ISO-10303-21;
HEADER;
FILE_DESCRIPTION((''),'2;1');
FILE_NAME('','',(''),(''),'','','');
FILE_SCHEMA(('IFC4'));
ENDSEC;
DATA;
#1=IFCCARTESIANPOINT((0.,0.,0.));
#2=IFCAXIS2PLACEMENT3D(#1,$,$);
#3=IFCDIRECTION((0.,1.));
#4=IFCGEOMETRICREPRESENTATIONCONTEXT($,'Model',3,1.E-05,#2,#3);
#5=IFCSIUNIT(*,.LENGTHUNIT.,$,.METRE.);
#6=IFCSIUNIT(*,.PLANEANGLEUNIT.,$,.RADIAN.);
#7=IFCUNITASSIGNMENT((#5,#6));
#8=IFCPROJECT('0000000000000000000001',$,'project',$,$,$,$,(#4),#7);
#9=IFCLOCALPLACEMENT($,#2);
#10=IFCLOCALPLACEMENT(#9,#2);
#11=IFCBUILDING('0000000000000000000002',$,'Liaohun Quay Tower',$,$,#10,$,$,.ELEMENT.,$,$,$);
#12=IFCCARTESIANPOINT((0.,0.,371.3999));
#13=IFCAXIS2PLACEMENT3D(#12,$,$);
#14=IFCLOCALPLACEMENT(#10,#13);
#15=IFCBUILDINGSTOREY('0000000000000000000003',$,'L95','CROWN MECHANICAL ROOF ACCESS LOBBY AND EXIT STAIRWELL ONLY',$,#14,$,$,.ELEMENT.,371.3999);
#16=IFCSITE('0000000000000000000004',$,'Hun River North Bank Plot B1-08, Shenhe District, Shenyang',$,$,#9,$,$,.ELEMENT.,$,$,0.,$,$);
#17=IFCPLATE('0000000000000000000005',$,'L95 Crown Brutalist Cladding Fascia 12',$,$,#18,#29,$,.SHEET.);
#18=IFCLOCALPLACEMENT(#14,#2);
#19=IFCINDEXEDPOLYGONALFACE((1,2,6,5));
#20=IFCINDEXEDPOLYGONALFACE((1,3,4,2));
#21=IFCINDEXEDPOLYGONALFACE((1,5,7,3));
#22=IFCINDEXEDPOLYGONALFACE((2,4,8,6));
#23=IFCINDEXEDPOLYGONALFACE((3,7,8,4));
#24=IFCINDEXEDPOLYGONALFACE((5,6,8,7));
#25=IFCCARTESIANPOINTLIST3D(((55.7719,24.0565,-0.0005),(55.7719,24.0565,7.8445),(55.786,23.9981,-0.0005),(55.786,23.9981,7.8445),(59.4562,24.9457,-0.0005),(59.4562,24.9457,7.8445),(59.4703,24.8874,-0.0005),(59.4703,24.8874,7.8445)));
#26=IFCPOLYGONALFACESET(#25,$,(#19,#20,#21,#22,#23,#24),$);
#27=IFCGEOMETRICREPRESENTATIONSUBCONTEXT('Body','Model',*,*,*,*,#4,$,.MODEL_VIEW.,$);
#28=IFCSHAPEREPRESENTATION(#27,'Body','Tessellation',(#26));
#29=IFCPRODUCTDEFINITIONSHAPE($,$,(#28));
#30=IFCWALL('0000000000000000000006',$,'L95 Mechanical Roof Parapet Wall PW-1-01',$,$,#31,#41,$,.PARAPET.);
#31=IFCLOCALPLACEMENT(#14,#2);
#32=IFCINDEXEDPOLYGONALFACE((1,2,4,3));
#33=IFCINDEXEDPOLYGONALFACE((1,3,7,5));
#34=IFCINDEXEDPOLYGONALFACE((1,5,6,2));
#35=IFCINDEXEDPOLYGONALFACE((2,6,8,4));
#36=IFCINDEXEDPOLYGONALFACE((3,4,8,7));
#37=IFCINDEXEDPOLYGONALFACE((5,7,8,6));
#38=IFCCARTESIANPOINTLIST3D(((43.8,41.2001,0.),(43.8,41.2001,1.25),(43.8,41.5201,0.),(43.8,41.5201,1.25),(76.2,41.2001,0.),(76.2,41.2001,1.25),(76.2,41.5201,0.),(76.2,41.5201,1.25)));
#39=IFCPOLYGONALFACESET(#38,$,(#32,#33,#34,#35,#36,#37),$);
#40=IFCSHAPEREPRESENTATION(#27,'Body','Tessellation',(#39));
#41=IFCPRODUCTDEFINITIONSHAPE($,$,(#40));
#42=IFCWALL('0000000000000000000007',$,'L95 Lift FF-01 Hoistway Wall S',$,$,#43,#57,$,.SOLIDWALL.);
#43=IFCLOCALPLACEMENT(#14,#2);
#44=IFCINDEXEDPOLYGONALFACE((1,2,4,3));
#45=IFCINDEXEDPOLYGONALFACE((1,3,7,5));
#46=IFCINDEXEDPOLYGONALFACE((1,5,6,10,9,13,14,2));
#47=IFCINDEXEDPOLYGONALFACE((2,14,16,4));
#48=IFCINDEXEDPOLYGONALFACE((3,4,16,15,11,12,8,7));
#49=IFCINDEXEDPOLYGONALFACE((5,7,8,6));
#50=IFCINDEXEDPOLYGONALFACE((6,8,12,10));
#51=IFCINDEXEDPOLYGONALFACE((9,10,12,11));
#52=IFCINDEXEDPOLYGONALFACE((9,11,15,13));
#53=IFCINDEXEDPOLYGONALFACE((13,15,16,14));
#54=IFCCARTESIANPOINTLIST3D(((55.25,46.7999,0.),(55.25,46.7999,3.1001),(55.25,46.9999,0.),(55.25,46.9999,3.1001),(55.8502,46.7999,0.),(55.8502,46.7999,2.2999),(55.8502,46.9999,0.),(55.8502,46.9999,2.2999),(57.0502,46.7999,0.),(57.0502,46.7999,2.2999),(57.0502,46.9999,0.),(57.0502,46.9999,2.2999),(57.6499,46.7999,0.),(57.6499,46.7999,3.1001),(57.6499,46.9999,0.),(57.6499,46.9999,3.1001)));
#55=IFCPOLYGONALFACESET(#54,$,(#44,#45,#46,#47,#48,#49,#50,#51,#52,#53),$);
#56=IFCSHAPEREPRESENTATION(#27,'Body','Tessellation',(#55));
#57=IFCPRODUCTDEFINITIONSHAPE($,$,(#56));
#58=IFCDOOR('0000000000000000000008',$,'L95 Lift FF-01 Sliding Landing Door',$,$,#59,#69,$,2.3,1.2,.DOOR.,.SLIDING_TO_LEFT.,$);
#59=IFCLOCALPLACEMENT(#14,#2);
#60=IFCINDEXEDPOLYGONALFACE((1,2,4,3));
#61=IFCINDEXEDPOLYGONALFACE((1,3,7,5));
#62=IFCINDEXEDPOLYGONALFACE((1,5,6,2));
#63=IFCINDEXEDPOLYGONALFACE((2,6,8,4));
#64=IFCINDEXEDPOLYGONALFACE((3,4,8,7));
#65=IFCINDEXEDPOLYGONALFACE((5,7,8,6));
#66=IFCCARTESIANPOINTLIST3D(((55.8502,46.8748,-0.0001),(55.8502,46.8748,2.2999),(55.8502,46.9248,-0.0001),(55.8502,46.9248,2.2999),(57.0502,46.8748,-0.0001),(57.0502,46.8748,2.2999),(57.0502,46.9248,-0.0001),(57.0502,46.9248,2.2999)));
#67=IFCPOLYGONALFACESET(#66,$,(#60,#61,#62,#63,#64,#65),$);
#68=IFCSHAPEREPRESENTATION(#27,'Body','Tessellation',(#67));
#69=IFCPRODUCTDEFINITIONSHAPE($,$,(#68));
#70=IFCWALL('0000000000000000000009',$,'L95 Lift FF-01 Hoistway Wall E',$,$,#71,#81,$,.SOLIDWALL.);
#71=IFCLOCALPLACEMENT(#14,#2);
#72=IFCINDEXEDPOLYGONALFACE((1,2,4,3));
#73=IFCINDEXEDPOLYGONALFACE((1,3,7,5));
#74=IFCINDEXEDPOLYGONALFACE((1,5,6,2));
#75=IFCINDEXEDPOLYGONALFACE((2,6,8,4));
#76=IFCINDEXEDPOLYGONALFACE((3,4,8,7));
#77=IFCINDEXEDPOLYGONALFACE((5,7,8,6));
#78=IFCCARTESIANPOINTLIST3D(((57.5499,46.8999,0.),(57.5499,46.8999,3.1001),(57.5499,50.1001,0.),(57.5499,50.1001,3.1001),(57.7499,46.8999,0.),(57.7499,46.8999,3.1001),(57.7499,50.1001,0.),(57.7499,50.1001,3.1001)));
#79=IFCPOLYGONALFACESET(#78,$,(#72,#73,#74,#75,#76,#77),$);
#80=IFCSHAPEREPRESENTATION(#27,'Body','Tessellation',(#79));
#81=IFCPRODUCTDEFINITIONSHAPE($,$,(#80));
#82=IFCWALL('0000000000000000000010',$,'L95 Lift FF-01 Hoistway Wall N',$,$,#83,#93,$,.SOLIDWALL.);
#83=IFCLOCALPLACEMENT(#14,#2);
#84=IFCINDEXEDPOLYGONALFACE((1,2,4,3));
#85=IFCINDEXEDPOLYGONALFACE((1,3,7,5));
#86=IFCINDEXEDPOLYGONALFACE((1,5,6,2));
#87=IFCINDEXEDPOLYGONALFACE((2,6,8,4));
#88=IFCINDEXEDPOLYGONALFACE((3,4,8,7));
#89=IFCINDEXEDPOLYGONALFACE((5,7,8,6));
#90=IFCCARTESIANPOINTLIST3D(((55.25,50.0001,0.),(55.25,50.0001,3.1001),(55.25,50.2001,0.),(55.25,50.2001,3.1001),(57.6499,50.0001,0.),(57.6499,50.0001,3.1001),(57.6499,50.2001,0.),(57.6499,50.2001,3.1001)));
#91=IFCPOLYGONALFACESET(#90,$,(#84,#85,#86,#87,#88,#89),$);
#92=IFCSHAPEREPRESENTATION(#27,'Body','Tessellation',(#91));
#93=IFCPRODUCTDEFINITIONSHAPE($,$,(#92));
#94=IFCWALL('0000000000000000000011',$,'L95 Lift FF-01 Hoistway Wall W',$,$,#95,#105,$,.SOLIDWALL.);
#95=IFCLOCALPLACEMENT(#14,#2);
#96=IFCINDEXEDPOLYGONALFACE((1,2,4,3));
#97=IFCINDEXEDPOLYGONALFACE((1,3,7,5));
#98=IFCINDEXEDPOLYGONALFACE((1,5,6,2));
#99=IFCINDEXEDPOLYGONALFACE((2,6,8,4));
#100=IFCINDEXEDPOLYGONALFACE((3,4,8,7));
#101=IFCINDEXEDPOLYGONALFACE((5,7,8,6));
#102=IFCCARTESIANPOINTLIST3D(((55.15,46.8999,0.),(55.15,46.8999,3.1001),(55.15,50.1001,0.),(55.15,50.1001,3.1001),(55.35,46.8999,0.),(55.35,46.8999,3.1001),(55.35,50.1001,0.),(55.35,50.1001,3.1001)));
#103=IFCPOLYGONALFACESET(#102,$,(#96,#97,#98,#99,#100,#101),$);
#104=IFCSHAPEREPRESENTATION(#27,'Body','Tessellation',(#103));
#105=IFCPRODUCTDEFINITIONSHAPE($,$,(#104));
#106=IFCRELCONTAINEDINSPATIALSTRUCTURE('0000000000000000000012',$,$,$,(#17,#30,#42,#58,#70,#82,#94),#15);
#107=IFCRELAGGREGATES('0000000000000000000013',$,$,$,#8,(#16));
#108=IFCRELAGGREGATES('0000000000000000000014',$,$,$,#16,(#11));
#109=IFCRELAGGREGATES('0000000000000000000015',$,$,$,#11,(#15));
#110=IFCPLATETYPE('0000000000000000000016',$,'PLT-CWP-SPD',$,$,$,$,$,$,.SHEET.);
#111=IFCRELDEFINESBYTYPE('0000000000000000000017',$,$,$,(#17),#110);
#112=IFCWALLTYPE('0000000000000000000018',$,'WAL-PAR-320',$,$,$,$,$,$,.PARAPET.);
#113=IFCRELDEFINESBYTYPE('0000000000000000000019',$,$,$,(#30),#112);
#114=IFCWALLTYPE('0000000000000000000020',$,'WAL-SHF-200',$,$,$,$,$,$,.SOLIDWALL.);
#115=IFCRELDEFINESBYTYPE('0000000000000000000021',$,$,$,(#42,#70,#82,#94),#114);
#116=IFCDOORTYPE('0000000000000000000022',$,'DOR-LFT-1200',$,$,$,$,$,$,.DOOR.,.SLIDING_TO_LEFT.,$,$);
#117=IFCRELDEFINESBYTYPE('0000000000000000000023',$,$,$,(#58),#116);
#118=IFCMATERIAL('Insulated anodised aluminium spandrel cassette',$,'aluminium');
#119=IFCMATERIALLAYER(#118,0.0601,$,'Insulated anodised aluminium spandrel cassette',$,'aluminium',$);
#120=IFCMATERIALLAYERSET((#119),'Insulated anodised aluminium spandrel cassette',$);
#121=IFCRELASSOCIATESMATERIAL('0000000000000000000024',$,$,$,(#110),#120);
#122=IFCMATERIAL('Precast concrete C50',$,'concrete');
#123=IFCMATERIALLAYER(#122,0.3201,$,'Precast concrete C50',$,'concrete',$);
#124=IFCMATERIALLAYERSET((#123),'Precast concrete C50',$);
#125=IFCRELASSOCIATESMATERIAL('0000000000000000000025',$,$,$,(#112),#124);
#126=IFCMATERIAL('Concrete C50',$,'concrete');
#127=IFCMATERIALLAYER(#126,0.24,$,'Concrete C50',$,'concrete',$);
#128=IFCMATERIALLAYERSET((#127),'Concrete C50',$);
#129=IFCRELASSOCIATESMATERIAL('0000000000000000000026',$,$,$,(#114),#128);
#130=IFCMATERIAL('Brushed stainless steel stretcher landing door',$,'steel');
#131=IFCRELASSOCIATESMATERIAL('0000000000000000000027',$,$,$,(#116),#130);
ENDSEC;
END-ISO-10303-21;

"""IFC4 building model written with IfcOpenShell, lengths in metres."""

from ifc_helpers import new_model, si_unit, direction, frame, frame_2d, origin, origin_2d, place, context, subcontext, project, spatial, rectangle, extrude, source, transform, mapped, material, layer, layer_set, type_object, element, fill, save


model = new_model("IFC4")

# Units and contexts
model_context = context("Model", 3, precision=1e-05, world=origin(), true_north=direction((0.0, 1.0)))
body_context = subcontext(model_context, "Body", "Model", "MODEL_VIEW")
ifc_project = project(units=[si_unit("LENGTHUNIT", "METRE"), si_unit("PLANEANGLEUNIT", "RADIAN")], contexts=[model_context])

# Site, building, storey
site_placement = place(None, origin())
site = spatial("IfcSite", under=ifc_project, at=site_placement, Name="Hun River North Bank Plot B1-08, Shenhe District, Shenyang", CompositionType="ELEMENT", RefElevation=0.0)
building_placement = place(site_placement, origin())
building = spatial("IfcBuilding", under=site, at=building_placement, Name="Liaohun Quay Tower", CompositionType="ELEMENT")
storey_placement = place(building_placement, frame((0.0, 0.0, 371.3999)))
storey = spatial("IfcBuildingStorey", under=building, at=storey_placement, Name="L95", Description="CROWN MECHANICAL ROOF ACCESS LOBBY AND EXIT STAIRWELL ONLY", CompositionType="ELEMENT", Elevation=371.3999)

# Shared definitions
ifc_material_1 = material(Name="Concrete C50", Category="concrete")

# Plate
ifc_material_2 = material(Name="Insulated anodised aluminium spandrel cassette", Category="aluminium")
ifc_layer_1 = layer(ifc_material_2, 0.0601, Name="Insulated anodised aluminium spandrel cassette", Category="aluminium")
ifc_layer_set_1 = layer_set([ifc_layer_1], Name="Insulated anodised aluminium spandrel cassette")
plate_type_1 = type_object("IfcPlateType", Name="PLT-CWP-SPD", PredefinedType="SHEET", material=ifc_layer_set_1)
shared_shape_1 = source(origin(), body_context, "Body", "SweptSolid", [
    extrude(rectangle(XDim=3.79, YDim=0.0601, at=origin_2d()), origin(), (0.0, 0.0, 1.0), 7.845),
])
plate_1_placement = place(storey_placement, frame((57.6211, 24.4719, -0.0005), z_axis=(0.0, 0.0, 1.0), x_axis=(0.972084, 0.234633, 0.0)))
element("IfcPlate", 1, at=plate_1_placement, inside=storey, type_object=plate_type_1, Name="L95 Crown Brutalist Cladding Fascia 12", PredefinedType="SHEET", context=body_context, shape_type="MappedRepresentation", body=[
    mapped(shared_shape_1, transform((0.0, 0.0, 0.0), x_axis=(1.0, 0.0, 0.0), y_axis=(0.0, 1.0, 0.0), z_axis=(0.0, 0.0, 1.0), scale=1.0)),
])

# Wall
ifc_material_3 = material(Name="Precast concrete C50", Category="concrete")
ifc_layer_2 = layer(ifc_material_3, 0.3201, Name="Precast concrete C50", Category="concrete")
ifc_layer_set_2 = layer_set([ifc_layer_2], Name="Precast concrete C50")
wall_type_1 = type_object("IfcWallType", Name="WAL-PAR-320", PredefinedType="PARAPET", material=ifc_layer_set_2)
wall_1_placement = place(storey_placement, frame((43.8, 41.3601, 0.0), z_axis=(0.0, 0.0, 1.0), x_axis=(1.0, 0.0, 0.0)))
element("IfcWall", 2, at=wall_1_placement, inside=storey, type_object=wall_type_1, Name="L95 Mechanical Roof Parapet Wall PW-1-01", PredefinedType="PARAPET", context=body_context, shape_type="SweptSolid", body=[
    extrude(rectangle(XDim=32.3999, YDim=0.3201, at=frame_2d((16.2, 0.0))), origin(), (0.0, 0.0, 1.0), 1.25),
])

# Wall, opening, door
ifc_layer_3 = layer(ifc_material_1, 0.24, Name="Concrete C50", Category="concrete")
ifc_layer_set_3 = layer_set([ifc_layer_3], Name="Concrete C50")
wall_type_2 = type_object("IfcWallType", Name="WAL-SHF-200", PredefinedType="SOLIDWALL", material=ifc_layer_set_3)
wall_2_placement = place(storey_placement, frame((55.25, 46.8999, 0.0), z_axis=(0.0, 0.0, 1.0), x_axis=(1.0, 0.0, 0.0)))
wall_2 = element("IfcWall", 3, at=wall_2_placement, inside=storey, type_object=wall_type_2, Name="L95 Lift FF-01 Hoistway Wall S", PredefinedType="SOLIDWALL", context=body_context, shape_type="SweptSolid", body=[
    extrude(rectangle(XDim=2.3999, YDim=0.2, at=frame_2d((1.2, 0.0))), origin(), (0.0, 0.0, 1.0), 3.1001),
])
shared_shape_2 = source(origin(), body_context, "Body", "SweptSolid", [
    extrude(rectangle(XDim=1.2, YDim=2.3, at=frame_2d((0.6001, 1.1499))), frame((0.0, 0.1099, 0.0), z_axis=(0.0, -1.0, 0.0), x_axis=(1.0, 0.0, 0.0)), (0.0, 0.0, 1.0), 0.22),
])
opening_1_placement = place(wall_2_placement, frame((0.6001, 0.0, 0.0)))
opening_1 = element("IfcOpeningElement", 4, at=opening_1_placement, cuts=wall_2, PredefinedType="OPENING", context=body_context, shape_type="MappedRepresentation", body=[
    mapped(shared_shape_2, transform((0.0, 0.0, 0.0), x_axis=(1.0, 0.0, 0.0), y_axis=(0.0, 1.0, 0.0), z_axis=(0.0, 0.0, 1.0), scale=1.0)),
])
ifc_material_4 = material(Name="Brushed stainless steel stretcher landing door", Category="steel")
door_type_1 = type_object("IfcDoorType", Name="DOR-LFT-1200", OperationType="SLIDING_TO_LEFT", PredefinedType="DOOR", material=ifc_material_4)
shared_shape_3 = source(origin(), body_context, "Body", "SweptSolid", [
    extrude(rectangle(XDim=1.2, YDim=2.3, at=frame_2d((0.6001, 1.1499))), frame((0.0, 0.0249, 0.0), z_axis=(0.0, -1.0, 0.0), x_axis=(1.0, 0.0, 0.0)), (0.0, 0.0, 1.0), 0.05),
])
door_1_placement = place(opening_1_placement, origin())
door_1 = element("IfcDoor", 5, at=door_1_placement, inside=storey, type_object=door_type_1, Name="L95 Lift FF-01 Sliding Landing Door", OperationType="SLIDING_TO_LEFT", OverallHeight=2.3, OverallWidth=1.2, PredefinedType="DOOR", context=body_context, shape_type="MappedRepresentation", body=[
    mapped(shared_shape_3, transform((0.0, 0.0, 0.0), x_axis=(1.0, 0.0, 0.0), y_axis=(0.0, 1.0, 0.0), z_axis=(0.0, 0.0, 1.0), scale=1.0)),
])
fill(opening_1, door_1)

# Walls
wall_3_placement = place(storey_placement, frame((57.6499, 46.8999, 0.0), z_axis=(0.0, 0.0, 1.0), x_axis=(0.0, 1.0, 0.0)))
element("IfcWall", 6, at=wall_3_placement, inside=storey, type_object=wall_type_2, Name="L95 Lift FF-01 Hoistway Wall E", PredefinedType="SOLIDWALL", context=body_context, shape_type="SweptSolid", body=[
    extrude(rectangle(XDim=3.2002, YDim=0.2, at=frame_2d((1.6001, 0.0))), origin(), (0.0, 0.0, 1.0), 3.1001),
])
wall_4_placement = place(storey_placement, frame((57.6499, 50.1001, 0.0), z_axis=(0.0, 0.0, 1.0), x_axis=(-1.0, 0.0, 0.0)))
element("IfcWall", 7, at=wall_4_placement, inside=storey, type_object=wall_type_2, Name="L95 Lift FF-01 Hoistway Wall N", PredefinedType="SOLIDWALL", context=body_context, shape_type="SweptSolid", body=[
    extrude(rectangle(XDim=2.3999, YDim=0.2, at=frame_2d((1.2, 0.0))), origin(), (0.0, 0.0, 1.0), 3.1001),
])
wall_5_placement = place(storey_placement, frame((55.25, 50.1001, 0.0), z_axis=(0.0, 0.0, 1.0), x_axis=(0.0, -1.0, 0.0)))
element("IfcWall", 8, at=wall_5_placement, inside=storey, type_object=wall_type_2, Name="L95 Lift FF-01 Hoistway Wall W", PredefinedType="SOLIDWALL", context=body_context, shape_type="SweptSolid", body=[
    extrude(rectangle(XDim=3.2002, YDim=0.2, at=frame_2d((1.6001, 0.0))), origin(), (0.0, 0.0, 1.0), 3.1001),
])

save(model, "model.ifc")
